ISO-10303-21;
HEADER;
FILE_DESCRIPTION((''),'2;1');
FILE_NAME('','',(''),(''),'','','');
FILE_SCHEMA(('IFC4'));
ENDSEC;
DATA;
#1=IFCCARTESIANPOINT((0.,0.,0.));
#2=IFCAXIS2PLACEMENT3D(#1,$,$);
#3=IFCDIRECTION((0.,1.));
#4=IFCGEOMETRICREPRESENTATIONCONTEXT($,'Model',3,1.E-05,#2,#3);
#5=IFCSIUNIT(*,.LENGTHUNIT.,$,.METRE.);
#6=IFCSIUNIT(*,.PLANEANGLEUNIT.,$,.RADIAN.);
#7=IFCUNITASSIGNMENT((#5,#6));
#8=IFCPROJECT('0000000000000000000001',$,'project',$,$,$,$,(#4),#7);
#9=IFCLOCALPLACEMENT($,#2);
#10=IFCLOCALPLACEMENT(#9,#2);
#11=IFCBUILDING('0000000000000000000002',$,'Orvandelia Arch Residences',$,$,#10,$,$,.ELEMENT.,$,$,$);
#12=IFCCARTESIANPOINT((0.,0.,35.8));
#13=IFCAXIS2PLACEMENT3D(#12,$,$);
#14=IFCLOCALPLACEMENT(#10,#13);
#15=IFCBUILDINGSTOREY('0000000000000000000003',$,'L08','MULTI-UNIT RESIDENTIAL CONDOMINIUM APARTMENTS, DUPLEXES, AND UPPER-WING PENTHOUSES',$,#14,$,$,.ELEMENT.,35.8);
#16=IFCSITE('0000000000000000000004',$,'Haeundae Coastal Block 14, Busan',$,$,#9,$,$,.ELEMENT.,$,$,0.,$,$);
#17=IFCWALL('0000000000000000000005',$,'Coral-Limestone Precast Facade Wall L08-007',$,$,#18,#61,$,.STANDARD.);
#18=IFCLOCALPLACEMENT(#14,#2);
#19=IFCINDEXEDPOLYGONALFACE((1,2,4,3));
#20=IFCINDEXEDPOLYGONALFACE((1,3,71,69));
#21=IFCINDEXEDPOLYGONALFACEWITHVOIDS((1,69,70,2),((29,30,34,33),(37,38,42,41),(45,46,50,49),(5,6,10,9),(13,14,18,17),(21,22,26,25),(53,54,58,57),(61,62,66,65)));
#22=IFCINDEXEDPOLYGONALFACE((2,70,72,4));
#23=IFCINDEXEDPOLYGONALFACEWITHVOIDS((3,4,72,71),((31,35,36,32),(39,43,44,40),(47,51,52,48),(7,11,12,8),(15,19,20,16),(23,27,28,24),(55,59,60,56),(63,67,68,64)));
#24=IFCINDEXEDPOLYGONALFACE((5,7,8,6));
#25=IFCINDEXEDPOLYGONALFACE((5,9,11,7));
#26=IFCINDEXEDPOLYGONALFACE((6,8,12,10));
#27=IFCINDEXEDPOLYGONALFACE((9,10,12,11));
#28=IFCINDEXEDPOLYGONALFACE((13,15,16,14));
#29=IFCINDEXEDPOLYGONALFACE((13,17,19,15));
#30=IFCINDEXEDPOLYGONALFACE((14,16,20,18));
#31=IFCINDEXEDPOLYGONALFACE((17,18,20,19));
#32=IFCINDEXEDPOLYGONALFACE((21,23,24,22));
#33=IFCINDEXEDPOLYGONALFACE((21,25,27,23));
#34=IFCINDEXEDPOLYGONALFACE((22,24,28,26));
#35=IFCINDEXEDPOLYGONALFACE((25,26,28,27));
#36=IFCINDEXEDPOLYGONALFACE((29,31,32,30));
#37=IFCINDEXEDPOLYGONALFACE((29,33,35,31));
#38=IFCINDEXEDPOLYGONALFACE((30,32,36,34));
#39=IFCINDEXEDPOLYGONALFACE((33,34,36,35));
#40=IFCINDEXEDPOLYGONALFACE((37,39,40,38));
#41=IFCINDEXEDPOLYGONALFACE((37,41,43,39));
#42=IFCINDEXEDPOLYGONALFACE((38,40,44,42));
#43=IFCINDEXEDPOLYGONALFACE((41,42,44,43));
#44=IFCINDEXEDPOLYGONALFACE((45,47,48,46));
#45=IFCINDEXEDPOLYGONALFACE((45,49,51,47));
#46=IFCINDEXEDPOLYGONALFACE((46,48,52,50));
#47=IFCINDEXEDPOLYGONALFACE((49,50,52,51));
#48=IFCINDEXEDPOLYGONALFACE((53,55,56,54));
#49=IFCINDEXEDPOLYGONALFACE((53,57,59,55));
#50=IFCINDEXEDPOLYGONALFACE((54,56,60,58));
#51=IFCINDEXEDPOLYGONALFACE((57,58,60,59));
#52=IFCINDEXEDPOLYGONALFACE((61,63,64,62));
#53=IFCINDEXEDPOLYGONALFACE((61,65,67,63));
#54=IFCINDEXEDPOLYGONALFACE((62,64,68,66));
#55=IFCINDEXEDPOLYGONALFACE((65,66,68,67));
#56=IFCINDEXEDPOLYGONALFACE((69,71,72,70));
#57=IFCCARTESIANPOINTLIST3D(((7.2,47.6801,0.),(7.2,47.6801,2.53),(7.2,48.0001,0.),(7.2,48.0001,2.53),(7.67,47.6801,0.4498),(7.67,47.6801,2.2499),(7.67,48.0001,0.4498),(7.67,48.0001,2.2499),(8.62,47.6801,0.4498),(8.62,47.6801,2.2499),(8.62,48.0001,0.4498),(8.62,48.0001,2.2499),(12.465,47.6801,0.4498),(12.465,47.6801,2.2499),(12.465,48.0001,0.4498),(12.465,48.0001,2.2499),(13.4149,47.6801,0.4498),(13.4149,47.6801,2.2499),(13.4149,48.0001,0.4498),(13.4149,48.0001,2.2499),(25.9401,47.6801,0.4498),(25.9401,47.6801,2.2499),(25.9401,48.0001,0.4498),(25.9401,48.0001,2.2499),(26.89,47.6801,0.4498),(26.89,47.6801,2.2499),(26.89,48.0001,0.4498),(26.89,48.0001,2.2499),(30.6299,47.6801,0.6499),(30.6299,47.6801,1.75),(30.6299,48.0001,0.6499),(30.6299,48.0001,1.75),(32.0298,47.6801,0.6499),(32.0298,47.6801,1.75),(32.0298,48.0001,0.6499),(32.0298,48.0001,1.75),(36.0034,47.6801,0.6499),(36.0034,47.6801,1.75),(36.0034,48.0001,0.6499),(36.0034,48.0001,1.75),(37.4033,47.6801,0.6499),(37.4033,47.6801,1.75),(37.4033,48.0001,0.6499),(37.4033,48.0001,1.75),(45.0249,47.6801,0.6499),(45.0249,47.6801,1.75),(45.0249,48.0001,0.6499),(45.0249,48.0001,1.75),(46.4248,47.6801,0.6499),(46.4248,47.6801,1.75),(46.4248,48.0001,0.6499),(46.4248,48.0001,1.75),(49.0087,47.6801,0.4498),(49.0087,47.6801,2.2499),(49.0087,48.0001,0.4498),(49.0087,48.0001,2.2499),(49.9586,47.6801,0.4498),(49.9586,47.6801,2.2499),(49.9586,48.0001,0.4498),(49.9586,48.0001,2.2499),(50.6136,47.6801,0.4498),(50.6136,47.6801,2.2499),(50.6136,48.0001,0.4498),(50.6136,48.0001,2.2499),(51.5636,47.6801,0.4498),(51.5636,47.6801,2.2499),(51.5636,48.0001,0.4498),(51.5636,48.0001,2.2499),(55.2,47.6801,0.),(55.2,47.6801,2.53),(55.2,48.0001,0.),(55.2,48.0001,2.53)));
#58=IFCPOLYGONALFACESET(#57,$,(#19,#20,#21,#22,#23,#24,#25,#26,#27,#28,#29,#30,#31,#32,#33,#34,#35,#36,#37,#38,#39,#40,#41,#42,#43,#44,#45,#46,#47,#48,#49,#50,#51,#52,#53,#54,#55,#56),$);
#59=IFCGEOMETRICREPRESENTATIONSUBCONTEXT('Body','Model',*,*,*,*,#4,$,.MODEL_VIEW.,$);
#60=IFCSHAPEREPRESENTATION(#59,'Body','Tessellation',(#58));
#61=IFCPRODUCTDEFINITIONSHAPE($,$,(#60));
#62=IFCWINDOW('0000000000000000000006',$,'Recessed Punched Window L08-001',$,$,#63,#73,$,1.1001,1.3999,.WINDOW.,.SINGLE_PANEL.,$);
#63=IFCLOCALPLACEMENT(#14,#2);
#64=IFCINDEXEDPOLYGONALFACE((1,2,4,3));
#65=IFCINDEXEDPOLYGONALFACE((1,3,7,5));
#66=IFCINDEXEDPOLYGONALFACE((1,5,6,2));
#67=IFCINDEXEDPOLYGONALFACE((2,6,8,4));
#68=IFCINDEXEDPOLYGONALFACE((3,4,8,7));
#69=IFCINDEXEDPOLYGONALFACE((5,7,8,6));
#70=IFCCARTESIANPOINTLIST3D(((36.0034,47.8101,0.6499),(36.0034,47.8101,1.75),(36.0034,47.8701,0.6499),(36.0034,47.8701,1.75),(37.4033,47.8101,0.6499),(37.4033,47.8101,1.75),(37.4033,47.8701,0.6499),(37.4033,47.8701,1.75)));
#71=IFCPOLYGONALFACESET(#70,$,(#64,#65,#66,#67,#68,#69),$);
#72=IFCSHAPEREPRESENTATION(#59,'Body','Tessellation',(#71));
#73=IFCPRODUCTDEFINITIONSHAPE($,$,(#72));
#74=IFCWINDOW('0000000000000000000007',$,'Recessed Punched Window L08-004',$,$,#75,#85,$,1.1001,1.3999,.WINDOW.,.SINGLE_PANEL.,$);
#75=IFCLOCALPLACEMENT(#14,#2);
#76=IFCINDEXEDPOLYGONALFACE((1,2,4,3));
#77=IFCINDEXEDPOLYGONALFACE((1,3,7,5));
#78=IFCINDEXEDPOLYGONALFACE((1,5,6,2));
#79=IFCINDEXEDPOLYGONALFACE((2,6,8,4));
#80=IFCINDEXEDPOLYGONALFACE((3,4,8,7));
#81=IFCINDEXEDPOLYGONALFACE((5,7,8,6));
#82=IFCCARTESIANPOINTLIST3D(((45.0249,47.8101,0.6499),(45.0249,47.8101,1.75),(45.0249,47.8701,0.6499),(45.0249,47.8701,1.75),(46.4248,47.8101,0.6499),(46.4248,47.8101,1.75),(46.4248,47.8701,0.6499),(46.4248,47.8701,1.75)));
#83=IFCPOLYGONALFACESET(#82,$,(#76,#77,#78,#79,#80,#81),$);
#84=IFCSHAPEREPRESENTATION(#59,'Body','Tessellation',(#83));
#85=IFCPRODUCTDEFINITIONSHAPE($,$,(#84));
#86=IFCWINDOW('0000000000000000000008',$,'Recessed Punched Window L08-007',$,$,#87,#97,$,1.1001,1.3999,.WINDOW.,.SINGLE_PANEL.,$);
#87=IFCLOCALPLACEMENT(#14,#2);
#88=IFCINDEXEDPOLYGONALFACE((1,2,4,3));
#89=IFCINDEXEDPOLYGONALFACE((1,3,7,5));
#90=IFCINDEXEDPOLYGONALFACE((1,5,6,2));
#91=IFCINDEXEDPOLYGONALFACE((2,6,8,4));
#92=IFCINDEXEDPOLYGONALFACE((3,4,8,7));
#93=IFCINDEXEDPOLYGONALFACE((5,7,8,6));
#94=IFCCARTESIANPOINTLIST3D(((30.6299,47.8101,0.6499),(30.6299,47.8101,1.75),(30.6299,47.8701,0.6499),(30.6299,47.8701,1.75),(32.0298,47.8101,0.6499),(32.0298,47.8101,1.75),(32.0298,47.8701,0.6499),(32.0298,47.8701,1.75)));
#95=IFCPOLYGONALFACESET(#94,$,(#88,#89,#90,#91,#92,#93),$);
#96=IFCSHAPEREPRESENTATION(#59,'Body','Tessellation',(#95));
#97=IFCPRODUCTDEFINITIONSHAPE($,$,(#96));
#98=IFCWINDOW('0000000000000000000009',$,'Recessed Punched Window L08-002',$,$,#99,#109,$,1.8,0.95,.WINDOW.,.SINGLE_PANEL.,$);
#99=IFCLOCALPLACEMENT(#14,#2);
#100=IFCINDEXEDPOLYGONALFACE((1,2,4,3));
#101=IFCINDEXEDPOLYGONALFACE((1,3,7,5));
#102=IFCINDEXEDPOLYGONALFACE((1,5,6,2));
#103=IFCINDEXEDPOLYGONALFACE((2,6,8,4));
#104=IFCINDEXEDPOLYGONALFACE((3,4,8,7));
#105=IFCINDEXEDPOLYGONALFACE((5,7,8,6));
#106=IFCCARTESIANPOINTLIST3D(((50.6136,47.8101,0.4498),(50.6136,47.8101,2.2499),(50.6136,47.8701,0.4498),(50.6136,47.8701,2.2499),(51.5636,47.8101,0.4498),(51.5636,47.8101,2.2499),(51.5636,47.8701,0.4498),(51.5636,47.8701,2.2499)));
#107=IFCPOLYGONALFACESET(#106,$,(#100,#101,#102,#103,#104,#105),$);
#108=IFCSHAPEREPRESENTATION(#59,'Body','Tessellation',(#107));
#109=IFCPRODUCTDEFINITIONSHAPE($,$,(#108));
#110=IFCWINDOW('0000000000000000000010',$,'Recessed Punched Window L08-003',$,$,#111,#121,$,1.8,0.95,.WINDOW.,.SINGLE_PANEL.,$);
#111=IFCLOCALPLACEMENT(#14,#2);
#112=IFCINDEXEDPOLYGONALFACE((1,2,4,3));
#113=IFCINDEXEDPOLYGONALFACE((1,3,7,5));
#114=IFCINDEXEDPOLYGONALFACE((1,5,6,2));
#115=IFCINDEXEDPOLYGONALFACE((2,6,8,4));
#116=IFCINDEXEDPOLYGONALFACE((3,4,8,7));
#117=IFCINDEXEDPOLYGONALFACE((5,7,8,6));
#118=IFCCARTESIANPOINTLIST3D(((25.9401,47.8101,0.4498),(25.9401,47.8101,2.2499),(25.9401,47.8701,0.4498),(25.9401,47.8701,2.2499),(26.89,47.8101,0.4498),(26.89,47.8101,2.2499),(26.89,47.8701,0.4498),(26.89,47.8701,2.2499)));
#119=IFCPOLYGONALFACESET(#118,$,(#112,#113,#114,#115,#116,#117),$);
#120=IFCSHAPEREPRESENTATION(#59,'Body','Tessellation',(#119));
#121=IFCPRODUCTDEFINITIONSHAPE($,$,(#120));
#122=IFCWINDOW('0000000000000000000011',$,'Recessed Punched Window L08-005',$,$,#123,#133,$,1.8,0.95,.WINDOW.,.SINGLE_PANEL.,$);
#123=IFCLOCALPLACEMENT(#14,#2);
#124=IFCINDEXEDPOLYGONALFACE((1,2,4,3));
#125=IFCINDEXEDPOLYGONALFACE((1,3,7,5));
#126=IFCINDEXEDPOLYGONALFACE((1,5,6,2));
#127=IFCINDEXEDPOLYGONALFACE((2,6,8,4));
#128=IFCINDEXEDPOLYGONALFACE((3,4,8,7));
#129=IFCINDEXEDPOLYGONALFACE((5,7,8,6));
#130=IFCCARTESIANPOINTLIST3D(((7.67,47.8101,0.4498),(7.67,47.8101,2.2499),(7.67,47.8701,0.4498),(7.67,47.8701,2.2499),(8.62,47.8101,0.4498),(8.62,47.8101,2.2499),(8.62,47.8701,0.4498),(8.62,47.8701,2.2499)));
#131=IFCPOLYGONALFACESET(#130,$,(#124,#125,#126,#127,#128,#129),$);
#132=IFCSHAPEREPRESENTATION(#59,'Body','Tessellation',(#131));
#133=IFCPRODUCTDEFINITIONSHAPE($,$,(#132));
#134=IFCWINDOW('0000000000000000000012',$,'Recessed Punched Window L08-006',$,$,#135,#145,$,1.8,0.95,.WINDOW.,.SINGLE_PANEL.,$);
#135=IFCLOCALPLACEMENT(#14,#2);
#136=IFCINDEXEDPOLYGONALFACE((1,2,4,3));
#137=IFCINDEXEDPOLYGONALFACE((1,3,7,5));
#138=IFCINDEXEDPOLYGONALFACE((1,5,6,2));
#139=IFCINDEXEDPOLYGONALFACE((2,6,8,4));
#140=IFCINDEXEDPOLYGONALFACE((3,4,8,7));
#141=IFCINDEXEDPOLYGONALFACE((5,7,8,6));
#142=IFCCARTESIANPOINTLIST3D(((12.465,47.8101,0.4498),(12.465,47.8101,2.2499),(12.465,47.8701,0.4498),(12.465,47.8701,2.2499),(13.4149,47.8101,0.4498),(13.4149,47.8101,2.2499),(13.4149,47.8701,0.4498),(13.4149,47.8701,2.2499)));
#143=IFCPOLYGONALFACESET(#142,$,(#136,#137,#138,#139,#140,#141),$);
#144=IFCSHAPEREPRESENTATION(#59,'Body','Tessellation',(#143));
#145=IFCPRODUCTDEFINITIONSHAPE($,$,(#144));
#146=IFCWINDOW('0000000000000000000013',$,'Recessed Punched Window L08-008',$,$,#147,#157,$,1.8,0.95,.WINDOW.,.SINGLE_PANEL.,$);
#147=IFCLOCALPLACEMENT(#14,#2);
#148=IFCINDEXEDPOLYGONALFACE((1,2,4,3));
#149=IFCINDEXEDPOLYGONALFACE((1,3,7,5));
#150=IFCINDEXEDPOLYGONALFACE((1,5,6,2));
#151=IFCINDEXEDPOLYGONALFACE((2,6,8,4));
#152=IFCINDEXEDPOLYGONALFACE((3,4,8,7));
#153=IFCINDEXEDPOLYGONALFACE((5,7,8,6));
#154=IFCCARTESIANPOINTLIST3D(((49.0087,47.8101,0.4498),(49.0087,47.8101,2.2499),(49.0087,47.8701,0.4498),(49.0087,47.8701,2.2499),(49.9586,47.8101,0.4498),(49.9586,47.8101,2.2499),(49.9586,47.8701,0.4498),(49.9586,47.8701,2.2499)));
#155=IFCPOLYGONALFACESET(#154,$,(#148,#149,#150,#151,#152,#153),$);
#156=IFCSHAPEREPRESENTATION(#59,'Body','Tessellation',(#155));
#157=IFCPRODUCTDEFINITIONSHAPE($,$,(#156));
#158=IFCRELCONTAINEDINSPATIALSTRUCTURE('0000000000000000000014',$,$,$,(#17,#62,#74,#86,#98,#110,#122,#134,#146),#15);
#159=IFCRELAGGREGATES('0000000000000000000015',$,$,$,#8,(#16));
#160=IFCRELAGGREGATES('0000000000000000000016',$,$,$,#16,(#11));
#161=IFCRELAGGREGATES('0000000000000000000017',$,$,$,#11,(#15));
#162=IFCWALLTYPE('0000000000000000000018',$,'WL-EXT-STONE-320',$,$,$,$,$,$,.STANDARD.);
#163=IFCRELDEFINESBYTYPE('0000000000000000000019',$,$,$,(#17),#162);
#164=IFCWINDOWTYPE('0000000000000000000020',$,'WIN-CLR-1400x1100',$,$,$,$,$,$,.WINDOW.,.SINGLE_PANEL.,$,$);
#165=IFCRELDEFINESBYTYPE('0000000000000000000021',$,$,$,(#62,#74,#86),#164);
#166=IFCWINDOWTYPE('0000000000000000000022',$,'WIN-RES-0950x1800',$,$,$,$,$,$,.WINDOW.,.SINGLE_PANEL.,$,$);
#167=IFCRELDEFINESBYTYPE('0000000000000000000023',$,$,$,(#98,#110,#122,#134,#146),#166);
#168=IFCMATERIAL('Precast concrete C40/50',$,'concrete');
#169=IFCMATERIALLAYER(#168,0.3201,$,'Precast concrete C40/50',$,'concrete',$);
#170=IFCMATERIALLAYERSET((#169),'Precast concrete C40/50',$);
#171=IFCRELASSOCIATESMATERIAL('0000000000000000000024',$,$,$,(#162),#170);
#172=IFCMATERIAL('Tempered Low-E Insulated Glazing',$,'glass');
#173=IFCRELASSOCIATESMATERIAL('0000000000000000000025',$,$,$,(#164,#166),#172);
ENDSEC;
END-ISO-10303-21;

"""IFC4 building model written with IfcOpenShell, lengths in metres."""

from ifc_helpers import new_model, si_unit, direction, frame, frame_2d, origin, place, context, subcontext, project, spatial, rectangle, extrude, material, layer, layer_set, type_object, element, fill, save


model = new_model("IFC4")

# Units and contexts
model_context = context("Model", 3, precision=1e-05, world=origin(), true_north=direction((0.0, 1.0)))
body_context = subcontext(model_context, "Body", "Model", "MODEL_VIEW")
ifc_project = project(units=[si_unit("LENGTHUNIT", "METRE"), si_unit("PLANEANGLEUNIT", "RADIAN")], contexts=[model_context])

# Site, building, storey
site_placement = place(None, origin())
site = spatial("IfcSite", under=ifc_project, at=site_placement, Name="Haeundae Coastal Block 14, Busan", CompositionType="ELEMENT", RefElevation=0.0)
building_placement = place(site_placement, origin())
building = spatial("IfcBuilding", under=site, at=building_placement, Name="Orvandelia Arch Residences", CompositionType="ELEMENT")
storey_placement = place(building_placement, frame((0.0, 0.0, 35.8)))
storey = spatial("IfcBuildingStorey", under=building, at=storey_placement, Name="L08", Description="MULTI-UNIT RESIDENTIAL CONDOMINIUM APARTMENTS, DUPLEXES, AND UPPER-WING PENTHOUSES", CompositionType="ELEMENT", Elevation=35.8)

# Shared definitions
ifc_material_1 = material(Name="Precast concrete C40/50", Category="concrete")
ifc_layer_1 = layer(ifc_material_1, 0.3201, Name="Precast concrete C40/50", Category="concrete")
ifc_layer_set_1 = layer_set([ifc_layer_1], Name="Precast concrete C40/50")
wall_type_1 = type_object("IfcWallType", Name="WL-EXT-STONE-320", PredefinedType="STANDARD", material=ifc_layer_set_1)

# Wall, openings, windows
wall_1_placement = place(storey_placement, frame((7.2, 47.8401, 0.0), z_axis=(0.0, 0.0, 1.0), x_axis=(1.0, 0.0, 0.0)))
wall_1 = element("IfcWall", 1, at=wall_1_placement, inside=storey, type_object=wall_type_1, Name="Coral-Limestone Precast Facade Wall L08-007", PredefinedType="STANDARD", context=body_context, shape_type="SweptSolid", body=[
    extrude(rectangle(XDim=48.0, YDim=0.3201, at=frame_2d((24.0, 0.0))), origin(), (0.0, 0.0, 1.0), 2.53),
])
opening_1_placement = place(wall_1_placement, frame((28.8035, 0.0, 0.6499)))
opening_1 = element("IfcOpeningElement", 2, at=opening_1_placement, cuts=wall_1, PredefinedType="OPENING", context=body_context, shape_type="SweptSolid", body=[
    extrude(rectangle(XDim=1.3999, YDim=1.1001, at=frame_2d((0.7, 0.55))), frame((0.0, 0.1699, 0.0), z_axis=(0.0, -1.0, 0.0), x_axis=(1.0, 0.0, 0.0)), (0.0, 0.0, 1.0), 0.3401),
])
opening_2_placement = place(wall_1_placement, frame((43.4136, 0.0, 0.45)))
opening_2 = element("IfcOpeningElement", 3, at=opening_2_placement, cuts=wall_1, PredefinedType="OPENING", context=body_context, shape_type="SweptSolid", body=[
    extrude(rectangle(XDim=0.95, YDim=1.8, at=frame_2d((0.4751, 0.8999))), frame((0.0, 0.1699, 0.0), z_axis=(0.0, -1.0, 0.0), x_axis=(1.0, 0.0, 0.0)), (0.0, 0.0, 1.0), 0.3401),
])
opening_3_placement = place(wall_1_placement, frame((18.74, 0.0, 0.45)))
opening_3 = element("IfcOpeningElement", 4, at=opening_3_placement, cuts=wall_1, PredefinedType="OPENING", context=body_context, shape_type="SweptSolid", body=[
    extrude(rectangle(XDim=0.95, YDim=1.8, at=frame_2d((0.4751, 0.8999))), frame((0.0, 0.1699, 0.0), z_axis=(0.0, -1.0, 0.0), x_axis=(1.0, 0.0, 0.0)), (0.0, 0.0, 1.0), 0.3401),
])
opening_4_placement = place(wall_1_placement, frame((37.825, 0.0, 0.6499)))
opening_4 = element("IfcOpeningElement", 5, at=opening_4_placement, cuts=wall_1, PredefinedType="OPENING", context=body_context, shape_type="SweptSolid", body=[
    extrude(rectangle(XDim=1.3999, YDim=1.1001, at=frame_2d((0.7, 0.55))), frame((0.0, 0.1699, 0.0), z_axis=(0.0, -1.0, 0.0), x_axis=(1.0, 0.0, 0.0)), (0.0, 0.0, 1.0), 0.3401),
])
opening_5_placement = place(wall_1_placement, frame((0.47, 0.0, 0.45)))
opening_5 = element("IfcOpeningElement", 6, at=opening_5_placement, cuts=wall_1, PredefinedType="OPENING", context=body_context, shape_type="SweptSolid", body=[
    extrude(rectangle(XDim=0.95, YDim=1.8, at=frame_2d((0.4751, 0.8999))), frame((0.0, 0.1699, 0.0), z_axis=(0.0, -1.0, 0.0), x_axis=(1.0, 0.0, 0.0)), (0.0, 0.0, 1.0), 0.3401),
])
opening_6_placement = place(wall_1_placement, frame((5.2649, 0.0, 0.45)))
opening_6 = element("IfcOpeningElement", 7, at=opening_6_placement, cuts=wall_1, PredefinedType="OPENING", context=body_context, shape_type="SweptSolid", body=[
    extrude(rectangle(XDim=0.95, YDim=1.8, at=frame_2d((0.4751, 0.8999))), frame((0.0, 0.1699, 0.0), z_axis=(0.0, -1.0, 0.0), x_axis=(1.0, 0.0, 0.0)), (0.0, 0.0, 1.0), 0.3401),
])
opening_7_placement = place(wall_1_placement, frame((23.4299, 0.0, 0.6499)))
opening_7 = element("IfcOpeningElement", 8, at=opening_7_placement, cuts=wall_1, PredefinedType="OPENING", context=body_context, shape_type="SweptSolid", body=[
    extrude(rectangle(XDim=1.3999, YDim=1.1001, at=frame_2d((0.7, 0.55))), frame((0.0, 0.1699, 0.0), z_axis=(0.0, -1.0, 0.0), x_axis=(1.0, 0.0, 0.0)), (0.0, 0.0, 1.0), 0.3401),
])
opening_8_placement = place(wall_1_placement, frame((41.8086, 0.0, 0.45)))
opening_8 = element("IfcOpeningElement", 9, at=opening_8_placement, cuts=wall_1, PredefinedType="OPENING", context=body_context, shape_type="SweptSolid", body=[
    extrude(rectangle(XDim=0.95, YDim=1.8, at=frame_2d((0.4751, 0.8999))), frame((0.0, 0.1699, 0.0), z_axis=(0.0, -1.0, 0.0), x_axis=(1.0, 0.0, 0.0)), (0.0, 0.0, 1.0), 0.3401),
])
ifc_material_2 = material(Name="Tempered Low-E Insulated Glazing", Category="glass")
window_type_1 = type_object("IfcWindowType", Name="WIN-CLR-1400x1100", PartitioningType="SINGLE_PANEL", PredefinedType="WINDOW", material=ifc_material_2)
window_1_placement = place(opening_1_placement, origin())
window_1 = element("IfcWindow", 10, at=window_1_placement, inside=storey, type_object=window_type_1, Name="Recessed Punched Window L08-001", OverallHeight=1.1001, OverallWidth=1.3999, PartitioningType="SINGLE_PANEL", PredefinedType="WINDOW", context=body_context, shape_type="SweptSolid", body=[
    extrude(rectangle(XDim=1.3999, YDim=1.1001, at=frame_2d((0.7, 0.55))), frame((0.0, 0.03, 0.0), z_axis=(0.0, -1.0, 0.0), x_axis=(1.0, 0.0, 0.0)), (0.0, 0.0, 1.0), 0.0601),
])
fill(opening_1, window_1)
window_2_placement = place(opening_4_placement, origin())
window_2 = element("IfcWindow", 11, at=window_2_placement, inside=storey, type_object=window_type_1, Name="Recessed Punched Window L08-004", OverallHeight=1.1001, OverallWidth=1.3999, PartitioningType="SINGLE_PANEL", PredefinedType="WINDOW", context=body_context, shape_type="SweptSolid", body=[
    extrude(rectangle(XDim=1.3999, YDim=1.1001, at=frame_2d((0.7, 0.55))), frame((0.0, 0.03, 0.0), z_axis=(0.0, -1.0, 0.0), x_axis=(1.0, 0.0, 0.0)), (0.0, 0.0, 1.0), 0.0601),
])
fill(opening_4, window_2)
window_3_placement = place(opening_7_placement, origin())
window_3 = element("IfcWindow", 12, at=window_3_placement, inside=storey, type_object=window_type_1, Name="Recessed Punched Window L08-007", OverallHeight=1.1001, OverallWidth=1.3999, PartitioningType="SINGLE_PANEL", PredefinedType="WINDOW", context=body_context, shape_type="SweptSolid", body=[
    extrude(rectangle(XDim=1.3999, YDim=1.1001, at=frame_2d((0.7, 0.55))), frame((0.0, 0.03, 0.0), z_axis=(0.0, -1.0, 0.0), x_axis=(1.0, 0.0, 0.0)), (0.0, 0.0, 1.0), 0.0601),
])
fill(opening_7, window_3)
window_type_2 = type_object("IfcWindowType", Name="WIN-RES-0950x1800", PartitioningType="SINGLE_PANEL", PredefinedType="WINDOW", material=ifc_material_2)
window_4_placement = place(opening_2_placement, origin())
window_4 = element("IfcWindow", 13, at=window_4_placement, inside=storey, type_object=window_type_2, Name="Recessed Punched Window L08-002", OverallHeight=1.8, OverallWidth=0.95, PartitioningType="SINGLE_PANEL", PredefinedType="WINDOW", context=body_context, shape_type="SweptSolid", body=[
    extrude(rectangle(XDim=0.95, YDim=1.8, at=frame_2d((0.4751, 0.8999))), frame((0.0, 0.03, 0.0), z_axis=(0.0, -1.0, 0.0), x_axis=(1.0, 0.0, 0.0)), (0.0, 0.0, 1.0), 0.0601),
])
fill(opening_2, window_4)
window_5_placement = place(opening_3_placement, origin())
window_5 = element("IfcWindow", 14, at=window_5_placement, inside=storey, type_object=window_type_2, Name="Recessed Punched Window L08-003", OverallHeight=1.8, OverallWidth=0.95, PartitioningType="SINGLE_PANEL", PredefinedType="WINDOW", context=body_context, shape_type="SweptSolid", body=[
    extrude(rectangle(XDim=0.95, YDim=1.8, at=frame_2d((0.4751, 0.8999))), frame((0.0, 0.03, 0.0), z_axis=(0.0, -1.0, 0.0), x_axis=(1.0, 0.0, 0.0)), (0.0, 0.0, 1.0), 0.0601),
])
fill(opening_3, window_5)
window_6_placement = place(opening_5_placement, origin())
window_6 = element("IfcWindow", 15, at=window_6_placement, inside=storey, type_object=window_type_2, Name="Recessed Punched Window L08-005", OverallHeight=1.8, OverallWidth=0.95, PartitioningType="SINGLE_PANEL", PredefinedType="WINDOW", context=body_context, shape_type="SweptSolid", body=[
    extrude(rectangle(XDim=0.95, YDim=1.8, at=frame_2d((0.4751, 0.8999))), frame((0.0, 0.03, 0.0), z_axis=(0.0, -1.0, 0.0), x_axis=(1.0, 0.0, 0.0)), (0.0, 0.0, 1.0), 0.0601),
])
fill(opening_5, window_6)
window_7_placement = place(opening_6_placement, origin())
window_7 = element("IfcWindow", 16, at=window_7_placement, inside=storey, type_object=window_type_2, Name="Recessed Punched Window L08-006", OverallHeight=1.8, OverallWidth=0.95, PartitioningType="SINGLE_PANEL", PredefinedType="WINDOW", context=body_context, shape_type="SweptSolid", body=[
    extrude(rectangle(XDim=0.95, YDim=1.8, at=frame_2d((0.4751, 0.8999))), frame((0.0, 0.03, 0.0), z_axis=(0.0, -1.0, 0.0), x_axis=(1.0, 0.0, 0.0)), (0.0, 0.0, 1.0), 0.0601),
])
fill(opening_6, window_7)
window_8_placement = place(opening_8_placement, origin())
window_8 = element("IfcWindow", 17, at=window_8_placement, inside=storey, type_object=window_type_2, Name="Recessed Punched Window L08-008", OverallHeight=1.8, OverallWidth=0.95, PartitioningType="SINGLE_PANEL", PredefinedType="WINDOW", context=body_context, shape_type="SweptSolid", body=[
    extrude(rectangle(XDim=0.95, YDim=1.8, at=frame_2d((0.4751, 0.8999))), frame((0.0, 0.03, 0.0), z_axis=(0.0, -1.0, 0.0), x_axis=(1.0, 0.0, 0.0)), (0.0, 0.0, 1.0), 0.0601),
])
fill(opening_8, window_8)

save(model, "model.ifc")
